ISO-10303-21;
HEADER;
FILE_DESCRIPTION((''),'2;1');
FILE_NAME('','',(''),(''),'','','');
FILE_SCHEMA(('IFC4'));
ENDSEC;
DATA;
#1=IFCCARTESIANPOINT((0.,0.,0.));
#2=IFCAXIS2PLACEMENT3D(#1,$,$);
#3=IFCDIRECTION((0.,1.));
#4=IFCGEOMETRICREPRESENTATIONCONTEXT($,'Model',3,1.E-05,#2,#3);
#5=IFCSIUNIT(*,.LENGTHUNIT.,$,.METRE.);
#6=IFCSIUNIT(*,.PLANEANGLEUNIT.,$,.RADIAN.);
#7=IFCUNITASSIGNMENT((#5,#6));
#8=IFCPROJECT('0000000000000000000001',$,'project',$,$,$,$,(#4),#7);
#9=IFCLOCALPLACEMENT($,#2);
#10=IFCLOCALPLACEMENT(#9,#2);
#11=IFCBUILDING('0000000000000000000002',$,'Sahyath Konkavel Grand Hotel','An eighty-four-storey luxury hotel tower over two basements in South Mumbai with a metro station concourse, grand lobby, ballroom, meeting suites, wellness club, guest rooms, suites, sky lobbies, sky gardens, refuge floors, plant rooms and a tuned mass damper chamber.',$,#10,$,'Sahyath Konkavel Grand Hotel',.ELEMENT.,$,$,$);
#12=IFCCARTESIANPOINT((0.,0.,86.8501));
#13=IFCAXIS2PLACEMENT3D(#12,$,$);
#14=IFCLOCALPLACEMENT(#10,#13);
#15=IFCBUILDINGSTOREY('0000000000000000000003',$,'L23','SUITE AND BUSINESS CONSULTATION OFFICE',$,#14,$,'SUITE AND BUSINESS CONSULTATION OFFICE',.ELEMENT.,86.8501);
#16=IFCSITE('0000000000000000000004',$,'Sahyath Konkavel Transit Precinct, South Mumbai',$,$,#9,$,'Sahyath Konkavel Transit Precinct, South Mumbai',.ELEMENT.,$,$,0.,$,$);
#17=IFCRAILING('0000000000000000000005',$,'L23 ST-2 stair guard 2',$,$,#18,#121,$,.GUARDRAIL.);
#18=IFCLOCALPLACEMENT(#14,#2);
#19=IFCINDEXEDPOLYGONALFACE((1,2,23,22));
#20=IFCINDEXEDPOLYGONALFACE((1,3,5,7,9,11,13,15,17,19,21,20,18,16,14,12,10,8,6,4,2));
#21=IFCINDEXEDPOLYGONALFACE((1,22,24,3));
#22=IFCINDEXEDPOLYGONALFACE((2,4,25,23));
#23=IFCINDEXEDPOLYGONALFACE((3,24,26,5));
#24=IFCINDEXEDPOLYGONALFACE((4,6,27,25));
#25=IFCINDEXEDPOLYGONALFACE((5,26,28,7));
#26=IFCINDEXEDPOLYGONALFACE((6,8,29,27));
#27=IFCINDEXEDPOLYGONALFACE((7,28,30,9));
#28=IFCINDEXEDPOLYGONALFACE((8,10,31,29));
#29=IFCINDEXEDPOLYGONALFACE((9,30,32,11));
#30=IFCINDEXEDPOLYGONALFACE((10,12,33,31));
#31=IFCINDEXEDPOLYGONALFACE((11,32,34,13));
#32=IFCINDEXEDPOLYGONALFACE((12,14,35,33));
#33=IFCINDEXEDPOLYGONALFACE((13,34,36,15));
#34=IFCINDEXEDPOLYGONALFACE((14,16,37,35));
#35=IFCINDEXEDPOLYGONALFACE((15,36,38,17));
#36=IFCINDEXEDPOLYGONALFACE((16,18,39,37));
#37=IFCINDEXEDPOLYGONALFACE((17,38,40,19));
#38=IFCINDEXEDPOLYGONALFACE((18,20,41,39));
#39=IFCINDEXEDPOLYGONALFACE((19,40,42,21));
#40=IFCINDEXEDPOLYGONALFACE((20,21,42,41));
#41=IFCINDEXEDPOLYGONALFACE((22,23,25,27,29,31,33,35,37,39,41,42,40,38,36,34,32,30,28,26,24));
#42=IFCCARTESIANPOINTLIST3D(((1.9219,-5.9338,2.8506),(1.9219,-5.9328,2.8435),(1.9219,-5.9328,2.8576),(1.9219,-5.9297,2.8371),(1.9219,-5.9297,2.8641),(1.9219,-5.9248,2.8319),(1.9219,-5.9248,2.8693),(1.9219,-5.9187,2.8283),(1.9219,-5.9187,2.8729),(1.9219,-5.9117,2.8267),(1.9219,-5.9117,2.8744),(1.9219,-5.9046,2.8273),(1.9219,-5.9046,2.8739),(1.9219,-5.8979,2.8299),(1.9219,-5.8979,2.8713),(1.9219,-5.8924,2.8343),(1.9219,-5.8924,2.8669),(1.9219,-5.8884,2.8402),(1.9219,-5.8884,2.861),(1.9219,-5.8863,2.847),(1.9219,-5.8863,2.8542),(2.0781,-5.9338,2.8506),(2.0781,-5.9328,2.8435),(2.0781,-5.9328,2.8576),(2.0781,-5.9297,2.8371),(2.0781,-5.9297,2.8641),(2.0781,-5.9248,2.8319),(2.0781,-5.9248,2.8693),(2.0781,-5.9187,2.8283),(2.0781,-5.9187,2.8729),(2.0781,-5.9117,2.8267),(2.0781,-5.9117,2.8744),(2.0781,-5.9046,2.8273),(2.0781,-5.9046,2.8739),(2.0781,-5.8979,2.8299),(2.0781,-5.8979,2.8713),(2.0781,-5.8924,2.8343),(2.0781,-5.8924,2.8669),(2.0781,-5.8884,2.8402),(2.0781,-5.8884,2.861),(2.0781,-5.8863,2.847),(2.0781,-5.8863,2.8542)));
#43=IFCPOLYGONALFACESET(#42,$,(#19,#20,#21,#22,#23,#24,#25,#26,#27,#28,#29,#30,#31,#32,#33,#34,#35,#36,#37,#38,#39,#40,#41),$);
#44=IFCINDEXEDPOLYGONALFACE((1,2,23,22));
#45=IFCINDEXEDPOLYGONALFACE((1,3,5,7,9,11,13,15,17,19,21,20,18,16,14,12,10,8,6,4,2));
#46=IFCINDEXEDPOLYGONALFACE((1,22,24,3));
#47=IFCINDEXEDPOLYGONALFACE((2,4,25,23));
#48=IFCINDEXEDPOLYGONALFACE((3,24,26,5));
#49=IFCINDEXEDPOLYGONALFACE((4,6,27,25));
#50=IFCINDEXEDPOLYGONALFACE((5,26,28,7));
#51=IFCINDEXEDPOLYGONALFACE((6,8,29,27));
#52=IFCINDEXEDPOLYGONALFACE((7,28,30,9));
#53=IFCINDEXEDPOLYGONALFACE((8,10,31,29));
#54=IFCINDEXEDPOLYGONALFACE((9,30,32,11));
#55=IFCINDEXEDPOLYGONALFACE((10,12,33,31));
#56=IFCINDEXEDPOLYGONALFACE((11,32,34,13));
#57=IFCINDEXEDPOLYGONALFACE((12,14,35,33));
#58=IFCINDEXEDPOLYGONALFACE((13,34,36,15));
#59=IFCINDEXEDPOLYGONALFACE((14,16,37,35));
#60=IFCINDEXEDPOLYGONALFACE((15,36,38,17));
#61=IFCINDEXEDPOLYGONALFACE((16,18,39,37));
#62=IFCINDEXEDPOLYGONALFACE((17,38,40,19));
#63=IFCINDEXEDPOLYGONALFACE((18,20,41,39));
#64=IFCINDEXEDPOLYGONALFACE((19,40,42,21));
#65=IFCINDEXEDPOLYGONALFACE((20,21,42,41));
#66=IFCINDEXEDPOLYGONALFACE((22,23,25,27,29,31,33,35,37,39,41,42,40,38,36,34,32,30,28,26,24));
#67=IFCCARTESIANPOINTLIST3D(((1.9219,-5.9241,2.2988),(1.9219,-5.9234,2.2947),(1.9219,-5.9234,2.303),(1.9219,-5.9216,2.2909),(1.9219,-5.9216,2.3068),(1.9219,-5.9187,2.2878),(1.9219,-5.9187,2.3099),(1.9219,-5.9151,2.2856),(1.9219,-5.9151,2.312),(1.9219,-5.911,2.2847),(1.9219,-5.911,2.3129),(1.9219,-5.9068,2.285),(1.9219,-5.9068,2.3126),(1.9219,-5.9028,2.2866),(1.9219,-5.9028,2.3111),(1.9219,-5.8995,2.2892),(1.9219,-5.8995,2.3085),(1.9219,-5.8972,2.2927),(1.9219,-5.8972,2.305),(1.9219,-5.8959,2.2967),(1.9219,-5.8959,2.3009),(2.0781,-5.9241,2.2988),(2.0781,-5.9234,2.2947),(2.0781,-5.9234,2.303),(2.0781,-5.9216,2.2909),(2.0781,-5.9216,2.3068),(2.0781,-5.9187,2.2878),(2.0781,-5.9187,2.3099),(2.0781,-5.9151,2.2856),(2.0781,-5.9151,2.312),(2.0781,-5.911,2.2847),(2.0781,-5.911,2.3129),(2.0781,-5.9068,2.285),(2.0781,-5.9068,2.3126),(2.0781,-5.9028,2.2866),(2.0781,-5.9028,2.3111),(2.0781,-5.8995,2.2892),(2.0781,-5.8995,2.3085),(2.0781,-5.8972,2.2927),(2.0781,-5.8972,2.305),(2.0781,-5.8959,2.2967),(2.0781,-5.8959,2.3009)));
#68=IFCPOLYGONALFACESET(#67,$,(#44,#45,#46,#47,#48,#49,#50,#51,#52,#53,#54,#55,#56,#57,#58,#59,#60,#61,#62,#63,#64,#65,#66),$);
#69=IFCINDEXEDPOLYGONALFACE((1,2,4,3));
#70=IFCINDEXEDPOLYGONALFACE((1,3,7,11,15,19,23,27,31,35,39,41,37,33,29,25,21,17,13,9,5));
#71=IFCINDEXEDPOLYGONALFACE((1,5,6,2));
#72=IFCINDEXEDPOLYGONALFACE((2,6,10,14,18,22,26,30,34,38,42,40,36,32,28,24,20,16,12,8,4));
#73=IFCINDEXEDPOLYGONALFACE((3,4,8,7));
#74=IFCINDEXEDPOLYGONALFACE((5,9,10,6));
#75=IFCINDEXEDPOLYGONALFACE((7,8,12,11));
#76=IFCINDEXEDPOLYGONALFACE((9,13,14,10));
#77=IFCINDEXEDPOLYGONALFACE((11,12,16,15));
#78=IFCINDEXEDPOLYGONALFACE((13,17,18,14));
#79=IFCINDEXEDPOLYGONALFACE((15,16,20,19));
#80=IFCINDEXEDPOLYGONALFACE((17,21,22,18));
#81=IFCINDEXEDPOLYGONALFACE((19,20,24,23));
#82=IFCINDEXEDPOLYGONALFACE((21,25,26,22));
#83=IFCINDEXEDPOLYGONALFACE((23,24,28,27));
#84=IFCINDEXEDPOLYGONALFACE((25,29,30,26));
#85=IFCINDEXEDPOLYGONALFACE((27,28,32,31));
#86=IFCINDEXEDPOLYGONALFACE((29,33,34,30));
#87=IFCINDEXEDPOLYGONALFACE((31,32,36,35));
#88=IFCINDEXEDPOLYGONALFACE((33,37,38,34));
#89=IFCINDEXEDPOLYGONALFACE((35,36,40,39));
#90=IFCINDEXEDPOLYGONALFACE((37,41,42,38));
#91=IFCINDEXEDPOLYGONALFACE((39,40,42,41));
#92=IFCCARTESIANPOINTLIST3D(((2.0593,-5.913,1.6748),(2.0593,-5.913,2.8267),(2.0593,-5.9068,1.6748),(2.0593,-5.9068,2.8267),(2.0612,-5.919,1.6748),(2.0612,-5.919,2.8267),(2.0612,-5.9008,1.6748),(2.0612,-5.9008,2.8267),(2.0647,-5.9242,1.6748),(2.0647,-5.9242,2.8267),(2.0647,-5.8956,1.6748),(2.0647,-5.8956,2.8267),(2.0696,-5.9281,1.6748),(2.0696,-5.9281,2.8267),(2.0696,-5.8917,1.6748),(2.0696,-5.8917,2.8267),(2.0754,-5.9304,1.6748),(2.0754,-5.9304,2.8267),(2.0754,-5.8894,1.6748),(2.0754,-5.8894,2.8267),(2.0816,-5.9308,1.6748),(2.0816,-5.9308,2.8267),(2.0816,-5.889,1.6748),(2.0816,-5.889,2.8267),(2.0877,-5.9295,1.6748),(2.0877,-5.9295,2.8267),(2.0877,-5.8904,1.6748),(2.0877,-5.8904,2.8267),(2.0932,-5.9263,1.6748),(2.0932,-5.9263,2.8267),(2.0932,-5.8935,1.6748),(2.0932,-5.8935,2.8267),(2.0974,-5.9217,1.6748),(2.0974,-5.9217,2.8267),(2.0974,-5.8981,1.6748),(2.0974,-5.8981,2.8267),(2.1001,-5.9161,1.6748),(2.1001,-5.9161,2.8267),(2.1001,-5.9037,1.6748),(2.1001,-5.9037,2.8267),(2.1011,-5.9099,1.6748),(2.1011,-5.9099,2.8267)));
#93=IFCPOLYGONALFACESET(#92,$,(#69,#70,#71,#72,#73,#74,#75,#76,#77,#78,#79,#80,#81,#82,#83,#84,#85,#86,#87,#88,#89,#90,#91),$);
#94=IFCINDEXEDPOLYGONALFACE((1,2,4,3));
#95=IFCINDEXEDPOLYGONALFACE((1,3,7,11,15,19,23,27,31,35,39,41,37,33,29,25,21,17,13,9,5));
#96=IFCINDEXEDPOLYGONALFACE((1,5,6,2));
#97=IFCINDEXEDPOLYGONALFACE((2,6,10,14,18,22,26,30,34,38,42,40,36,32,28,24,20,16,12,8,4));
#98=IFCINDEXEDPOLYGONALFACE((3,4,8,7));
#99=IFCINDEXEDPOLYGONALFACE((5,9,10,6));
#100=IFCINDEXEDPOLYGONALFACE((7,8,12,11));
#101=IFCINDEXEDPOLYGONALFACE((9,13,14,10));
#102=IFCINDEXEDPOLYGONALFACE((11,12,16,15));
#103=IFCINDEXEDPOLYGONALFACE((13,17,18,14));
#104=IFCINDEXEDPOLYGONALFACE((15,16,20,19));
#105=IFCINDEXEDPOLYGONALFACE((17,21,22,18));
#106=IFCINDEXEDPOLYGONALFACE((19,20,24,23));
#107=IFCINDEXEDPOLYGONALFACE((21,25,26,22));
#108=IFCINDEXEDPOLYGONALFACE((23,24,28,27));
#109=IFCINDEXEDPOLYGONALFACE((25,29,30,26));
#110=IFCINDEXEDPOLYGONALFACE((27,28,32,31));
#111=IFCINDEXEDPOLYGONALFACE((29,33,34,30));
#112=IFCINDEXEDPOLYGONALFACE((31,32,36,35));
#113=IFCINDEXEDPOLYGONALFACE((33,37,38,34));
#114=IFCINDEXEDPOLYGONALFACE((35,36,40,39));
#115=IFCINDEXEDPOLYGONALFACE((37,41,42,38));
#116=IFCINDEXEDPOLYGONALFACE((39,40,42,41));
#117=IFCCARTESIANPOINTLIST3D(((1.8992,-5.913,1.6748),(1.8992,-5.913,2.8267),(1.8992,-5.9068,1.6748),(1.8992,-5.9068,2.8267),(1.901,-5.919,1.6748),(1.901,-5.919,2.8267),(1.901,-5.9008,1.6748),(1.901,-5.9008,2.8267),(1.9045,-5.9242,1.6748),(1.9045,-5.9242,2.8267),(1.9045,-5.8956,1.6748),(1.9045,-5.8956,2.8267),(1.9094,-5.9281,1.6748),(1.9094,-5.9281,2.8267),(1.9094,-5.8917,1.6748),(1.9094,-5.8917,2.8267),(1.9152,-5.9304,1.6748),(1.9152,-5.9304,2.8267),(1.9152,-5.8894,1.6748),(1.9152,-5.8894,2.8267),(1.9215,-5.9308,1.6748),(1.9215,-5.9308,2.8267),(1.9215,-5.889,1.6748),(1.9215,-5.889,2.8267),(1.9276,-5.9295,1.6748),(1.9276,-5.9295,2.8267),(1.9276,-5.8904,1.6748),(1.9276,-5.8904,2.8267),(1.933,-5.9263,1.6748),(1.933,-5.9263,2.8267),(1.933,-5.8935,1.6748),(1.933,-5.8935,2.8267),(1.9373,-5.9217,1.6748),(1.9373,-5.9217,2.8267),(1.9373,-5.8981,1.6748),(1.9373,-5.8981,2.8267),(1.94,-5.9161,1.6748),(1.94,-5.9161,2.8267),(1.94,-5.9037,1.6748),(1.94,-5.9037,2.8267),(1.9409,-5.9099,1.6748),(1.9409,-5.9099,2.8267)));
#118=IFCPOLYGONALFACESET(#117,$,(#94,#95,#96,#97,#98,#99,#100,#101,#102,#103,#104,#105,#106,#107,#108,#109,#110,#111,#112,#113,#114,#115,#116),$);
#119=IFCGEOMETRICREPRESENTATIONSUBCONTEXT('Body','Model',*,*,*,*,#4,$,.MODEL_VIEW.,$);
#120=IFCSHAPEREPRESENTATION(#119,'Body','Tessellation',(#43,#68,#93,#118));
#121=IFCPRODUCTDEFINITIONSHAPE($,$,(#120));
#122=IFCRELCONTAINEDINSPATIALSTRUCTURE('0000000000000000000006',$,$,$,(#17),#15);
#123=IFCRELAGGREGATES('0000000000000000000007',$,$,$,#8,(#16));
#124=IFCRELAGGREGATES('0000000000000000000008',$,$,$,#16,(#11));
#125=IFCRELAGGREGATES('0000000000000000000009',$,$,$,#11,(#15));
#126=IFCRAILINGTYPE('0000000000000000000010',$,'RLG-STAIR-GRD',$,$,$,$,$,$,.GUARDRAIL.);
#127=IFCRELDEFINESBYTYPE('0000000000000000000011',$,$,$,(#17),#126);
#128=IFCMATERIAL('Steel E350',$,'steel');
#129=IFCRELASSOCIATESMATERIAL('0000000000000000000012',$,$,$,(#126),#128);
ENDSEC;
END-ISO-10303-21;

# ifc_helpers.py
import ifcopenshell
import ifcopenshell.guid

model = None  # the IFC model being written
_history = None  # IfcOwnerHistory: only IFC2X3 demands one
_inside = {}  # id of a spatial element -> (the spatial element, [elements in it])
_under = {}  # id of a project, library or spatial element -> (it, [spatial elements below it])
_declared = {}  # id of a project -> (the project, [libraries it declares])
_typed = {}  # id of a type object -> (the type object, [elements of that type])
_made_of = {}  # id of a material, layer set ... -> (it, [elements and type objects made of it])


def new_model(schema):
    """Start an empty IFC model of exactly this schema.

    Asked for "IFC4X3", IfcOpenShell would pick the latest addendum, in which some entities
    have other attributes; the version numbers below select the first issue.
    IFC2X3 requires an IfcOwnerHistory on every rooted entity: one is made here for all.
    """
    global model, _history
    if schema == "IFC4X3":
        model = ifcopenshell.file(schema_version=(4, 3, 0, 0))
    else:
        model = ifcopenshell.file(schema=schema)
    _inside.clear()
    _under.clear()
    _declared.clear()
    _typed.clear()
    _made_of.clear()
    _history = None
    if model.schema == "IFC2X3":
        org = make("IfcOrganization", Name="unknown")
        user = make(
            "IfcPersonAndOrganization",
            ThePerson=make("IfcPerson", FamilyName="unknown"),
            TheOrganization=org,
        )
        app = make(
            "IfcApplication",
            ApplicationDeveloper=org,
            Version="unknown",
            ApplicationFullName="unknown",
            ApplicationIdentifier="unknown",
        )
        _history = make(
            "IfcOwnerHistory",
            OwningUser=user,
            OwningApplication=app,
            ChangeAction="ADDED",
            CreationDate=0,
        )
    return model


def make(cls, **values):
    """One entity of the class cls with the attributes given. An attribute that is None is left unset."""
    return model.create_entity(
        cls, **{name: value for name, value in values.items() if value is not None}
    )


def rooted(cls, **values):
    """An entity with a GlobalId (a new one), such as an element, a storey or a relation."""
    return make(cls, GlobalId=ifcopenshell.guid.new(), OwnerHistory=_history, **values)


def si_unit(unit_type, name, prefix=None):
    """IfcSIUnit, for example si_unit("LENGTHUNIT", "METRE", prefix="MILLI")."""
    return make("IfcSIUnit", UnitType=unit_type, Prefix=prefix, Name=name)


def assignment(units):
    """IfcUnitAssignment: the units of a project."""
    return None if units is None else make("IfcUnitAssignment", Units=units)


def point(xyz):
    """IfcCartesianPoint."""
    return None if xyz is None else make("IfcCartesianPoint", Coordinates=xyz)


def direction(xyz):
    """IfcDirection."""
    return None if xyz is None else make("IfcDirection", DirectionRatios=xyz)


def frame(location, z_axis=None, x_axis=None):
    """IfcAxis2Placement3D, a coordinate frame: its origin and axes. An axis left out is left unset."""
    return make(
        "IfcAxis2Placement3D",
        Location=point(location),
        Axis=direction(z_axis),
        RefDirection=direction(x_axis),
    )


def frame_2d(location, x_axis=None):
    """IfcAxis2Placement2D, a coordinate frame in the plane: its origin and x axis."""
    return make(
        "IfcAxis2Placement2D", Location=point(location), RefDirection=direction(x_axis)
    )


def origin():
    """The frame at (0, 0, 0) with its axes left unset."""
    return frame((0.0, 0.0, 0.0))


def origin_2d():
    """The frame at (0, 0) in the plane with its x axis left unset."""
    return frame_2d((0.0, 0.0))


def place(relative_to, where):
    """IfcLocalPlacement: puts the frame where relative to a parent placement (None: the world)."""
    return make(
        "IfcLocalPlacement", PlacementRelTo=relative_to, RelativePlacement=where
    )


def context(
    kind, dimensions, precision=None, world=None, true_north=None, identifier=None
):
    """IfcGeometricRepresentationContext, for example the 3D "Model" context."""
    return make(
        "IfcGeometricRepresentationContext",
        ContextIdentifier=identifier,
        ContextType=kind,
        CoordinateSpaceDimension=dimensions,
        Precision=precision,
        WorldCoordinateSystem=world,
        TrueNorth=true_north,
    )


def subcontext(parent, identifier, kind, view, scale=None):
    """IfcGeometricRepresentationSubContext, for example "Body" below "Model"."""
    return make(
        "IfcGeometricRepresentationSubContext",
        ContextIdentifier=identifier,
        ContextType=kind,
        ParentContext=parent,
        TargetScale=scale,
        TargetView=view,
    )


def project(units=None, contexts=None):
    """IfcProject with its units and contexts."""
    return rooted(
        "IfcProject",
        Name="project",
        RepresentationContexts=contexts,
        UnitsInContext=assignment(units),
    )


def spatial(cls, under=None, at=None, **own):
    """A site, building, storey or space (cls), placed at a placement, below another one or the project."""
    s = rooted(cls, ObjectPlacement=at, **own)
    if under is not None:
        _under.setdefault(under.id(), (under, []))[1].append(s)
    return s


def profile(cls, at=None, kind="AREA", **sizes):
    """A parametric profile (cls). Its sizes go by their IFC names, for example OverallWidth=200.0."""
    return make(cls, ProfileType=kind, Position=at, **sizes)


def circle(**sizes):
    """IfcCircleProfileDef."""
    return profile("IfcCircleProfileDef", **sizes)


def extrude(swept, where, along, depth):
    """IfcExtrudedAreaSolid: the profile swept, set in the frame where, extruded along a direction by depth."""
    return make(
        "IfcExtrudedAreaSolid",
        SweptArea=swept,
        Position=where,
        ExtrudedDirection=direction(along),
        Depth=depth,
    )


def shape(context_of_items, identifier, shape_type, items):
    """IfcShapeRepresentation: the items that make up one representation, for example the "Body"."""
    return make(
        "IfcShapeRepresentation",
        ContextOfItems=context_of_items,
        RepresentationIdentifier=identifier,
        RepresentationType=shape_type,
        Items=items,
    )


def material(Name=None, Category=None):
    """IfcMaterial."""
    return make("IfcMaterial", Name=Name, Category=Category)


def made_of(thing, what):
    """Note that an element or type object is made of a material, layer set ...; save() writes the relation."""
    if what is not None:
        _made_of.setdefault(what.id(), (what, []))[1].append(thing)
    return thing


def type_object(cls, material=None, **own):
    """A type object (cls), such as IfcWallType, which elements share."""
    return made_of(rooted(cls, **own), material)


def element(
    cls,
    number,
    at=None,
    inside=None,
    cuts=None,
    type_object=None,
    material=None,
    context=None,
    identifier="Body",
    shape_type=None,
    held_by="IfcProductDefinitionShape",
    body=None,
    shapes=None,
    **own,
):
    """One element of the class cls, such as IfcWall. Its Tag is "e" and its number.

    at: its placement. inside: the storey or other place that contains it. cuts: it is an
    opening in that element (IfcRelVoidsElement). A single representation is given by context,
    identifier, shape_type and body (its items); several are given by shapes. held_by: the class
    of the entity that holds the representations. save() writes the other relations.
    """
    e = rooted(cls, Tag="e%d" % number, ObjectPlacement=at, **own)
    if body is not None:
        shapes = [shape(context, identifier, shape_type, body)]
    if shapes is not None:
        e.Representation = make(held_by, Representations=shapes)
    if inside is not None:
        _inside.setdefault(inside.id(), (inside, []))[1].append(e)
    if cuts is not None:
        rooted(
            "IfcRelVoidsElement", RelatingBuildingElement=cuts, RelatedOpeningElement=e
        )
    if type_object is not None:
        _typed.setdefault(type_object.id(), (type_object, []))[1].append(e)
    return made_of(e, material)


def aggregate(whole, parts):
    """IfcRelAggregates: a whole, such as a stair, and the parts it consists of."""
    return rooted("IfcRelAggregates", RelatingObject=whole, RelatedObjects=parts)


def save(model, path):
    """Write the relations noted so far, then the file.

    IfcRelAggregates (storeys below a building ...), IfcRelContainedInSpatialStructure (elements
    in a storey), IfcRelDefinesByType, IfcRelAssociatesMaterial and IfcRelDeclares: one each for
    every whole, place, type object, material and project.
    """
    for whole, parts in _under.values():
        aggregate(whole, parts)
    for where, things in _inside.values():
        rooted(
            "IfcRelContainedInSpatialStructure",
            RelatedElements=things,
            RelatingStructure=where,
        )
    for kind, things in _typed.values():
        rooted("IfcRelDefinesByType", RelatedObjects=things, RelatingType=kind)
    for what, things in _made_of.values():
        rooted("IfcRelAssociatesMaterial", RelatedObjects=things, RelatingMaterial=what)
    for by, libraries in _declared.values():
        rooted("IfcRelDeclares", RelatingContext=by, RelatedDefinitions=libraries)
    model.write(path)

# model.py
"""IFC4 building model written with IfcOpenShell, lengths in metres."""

from ifc_helpers import new_model, si_unit, direction, frame, origin, origin_2d, place, context, subcontext, project, spatial, circle, extrude, material, type_object, element, save


model = new_model("IFC4")

# Units and contexts
model_context = context("Model", 3, precision=1e-05, world=origin(), true_north=direction((0.0, 1.0)))
body_context = subcontext(model_context, "Body", "Model", "MODEL_VIEW")
ifc_project = project(units=[si_unit("LENGTHUNIT", "METRE"), si_unit("PLANEANGLEUNIT", "RADIAN")], contexts=[model_context])

# Site, building, storey
site_placement = place(None, origin())
site = spatial("IfcSite", under=ifc_project, at=site_placement, Name="Sahyath Konkavel Transit Precinct, South Mumbai", LongName="Sahyath Konkavel Transit Precinct, South Mumbai", CompositionType="ELEMENT", RefElevation=0.0)
building_placement = place(site_placement, origin())
building = spatial("IfcBuilding", under=site, at=building_placement, Name="Sahyath Konkavel Grand Hotel", Description="An eighty-four-storey luxury hotel tower over two basements in South Mumbai with a metro station concourse, grand lobby, ballroom, meeting suites, wellness club, guest rooms, suites, sky lobbies, sky gardens, refuge floors, plant rooms and a tuned mass damper chamber.", LongName="Sahyath Konkavel Grand Hotel", CompositionType="ELEMENT")
storey_placement = place(building_placement, frame((0.0, 0.0, 86.8501)))
storey = spatial("IfcBuildingStorey", under=building, at=storey_placement, Name="L23", Description="SUITE AND BUSINESS CONSULTATION OFFICE", LongName="SUITE AND BUSINESS CONSULTATION OFFICE", CompositionType="ELEMENT", Elevation=86.8501)

# Shared definitions
ifc_material_1 = material(Name="Steel E350", Category="steel")

# Railing
railing_type_1 = type_object("IfcRailingType", Name="RLG-STAIR-GRD", PredefinedType="GUARDRAIL", material=ifc_material_1)
railing_1_placement = place(storey_placement, frame((2.0801, -5.9099, 1.6748)))
element("IfcRailing", 1, at=railing_1_placement, inside=storey, type_object=railing_type_1, Name="L23 ST-2 stair guard 2", PredefinedType="GUARDRAIL", context=body_context, shape_type="SweptSolid", body=[
    extrude(circle(Radius=0.0239, at=origin_2d()), frame((-0.002, 0.0, 1.1758), z_axis=(-1.0, 0.0, 0.0), x_axis=(0.0, -1.0, 0.0)), (0.0, 0.0, 1.0), 0.1562),
    extrude(circle(Radius=0.0142, at=origin_2d()), frame((-0.002, 0.0, 0.624), z_axis=(-1.0, 0.0, 0.0), x_axis=(0.0, -1.0, 0.0)), (0.0, 0.0, 1.0), 0.1562),
    extrude(circle(Radius=0.021, at=origin_2d()), origin(), (0.0, 0.0, 1.0), 1.1519),
    extrude(circle(Radius=0.021, at=origin_2d()), frame((-0.1602, 0.0, 0.0)), (0.0, 0.0, 1.0), 1.1519),
])

save(model, "model.ifc")
